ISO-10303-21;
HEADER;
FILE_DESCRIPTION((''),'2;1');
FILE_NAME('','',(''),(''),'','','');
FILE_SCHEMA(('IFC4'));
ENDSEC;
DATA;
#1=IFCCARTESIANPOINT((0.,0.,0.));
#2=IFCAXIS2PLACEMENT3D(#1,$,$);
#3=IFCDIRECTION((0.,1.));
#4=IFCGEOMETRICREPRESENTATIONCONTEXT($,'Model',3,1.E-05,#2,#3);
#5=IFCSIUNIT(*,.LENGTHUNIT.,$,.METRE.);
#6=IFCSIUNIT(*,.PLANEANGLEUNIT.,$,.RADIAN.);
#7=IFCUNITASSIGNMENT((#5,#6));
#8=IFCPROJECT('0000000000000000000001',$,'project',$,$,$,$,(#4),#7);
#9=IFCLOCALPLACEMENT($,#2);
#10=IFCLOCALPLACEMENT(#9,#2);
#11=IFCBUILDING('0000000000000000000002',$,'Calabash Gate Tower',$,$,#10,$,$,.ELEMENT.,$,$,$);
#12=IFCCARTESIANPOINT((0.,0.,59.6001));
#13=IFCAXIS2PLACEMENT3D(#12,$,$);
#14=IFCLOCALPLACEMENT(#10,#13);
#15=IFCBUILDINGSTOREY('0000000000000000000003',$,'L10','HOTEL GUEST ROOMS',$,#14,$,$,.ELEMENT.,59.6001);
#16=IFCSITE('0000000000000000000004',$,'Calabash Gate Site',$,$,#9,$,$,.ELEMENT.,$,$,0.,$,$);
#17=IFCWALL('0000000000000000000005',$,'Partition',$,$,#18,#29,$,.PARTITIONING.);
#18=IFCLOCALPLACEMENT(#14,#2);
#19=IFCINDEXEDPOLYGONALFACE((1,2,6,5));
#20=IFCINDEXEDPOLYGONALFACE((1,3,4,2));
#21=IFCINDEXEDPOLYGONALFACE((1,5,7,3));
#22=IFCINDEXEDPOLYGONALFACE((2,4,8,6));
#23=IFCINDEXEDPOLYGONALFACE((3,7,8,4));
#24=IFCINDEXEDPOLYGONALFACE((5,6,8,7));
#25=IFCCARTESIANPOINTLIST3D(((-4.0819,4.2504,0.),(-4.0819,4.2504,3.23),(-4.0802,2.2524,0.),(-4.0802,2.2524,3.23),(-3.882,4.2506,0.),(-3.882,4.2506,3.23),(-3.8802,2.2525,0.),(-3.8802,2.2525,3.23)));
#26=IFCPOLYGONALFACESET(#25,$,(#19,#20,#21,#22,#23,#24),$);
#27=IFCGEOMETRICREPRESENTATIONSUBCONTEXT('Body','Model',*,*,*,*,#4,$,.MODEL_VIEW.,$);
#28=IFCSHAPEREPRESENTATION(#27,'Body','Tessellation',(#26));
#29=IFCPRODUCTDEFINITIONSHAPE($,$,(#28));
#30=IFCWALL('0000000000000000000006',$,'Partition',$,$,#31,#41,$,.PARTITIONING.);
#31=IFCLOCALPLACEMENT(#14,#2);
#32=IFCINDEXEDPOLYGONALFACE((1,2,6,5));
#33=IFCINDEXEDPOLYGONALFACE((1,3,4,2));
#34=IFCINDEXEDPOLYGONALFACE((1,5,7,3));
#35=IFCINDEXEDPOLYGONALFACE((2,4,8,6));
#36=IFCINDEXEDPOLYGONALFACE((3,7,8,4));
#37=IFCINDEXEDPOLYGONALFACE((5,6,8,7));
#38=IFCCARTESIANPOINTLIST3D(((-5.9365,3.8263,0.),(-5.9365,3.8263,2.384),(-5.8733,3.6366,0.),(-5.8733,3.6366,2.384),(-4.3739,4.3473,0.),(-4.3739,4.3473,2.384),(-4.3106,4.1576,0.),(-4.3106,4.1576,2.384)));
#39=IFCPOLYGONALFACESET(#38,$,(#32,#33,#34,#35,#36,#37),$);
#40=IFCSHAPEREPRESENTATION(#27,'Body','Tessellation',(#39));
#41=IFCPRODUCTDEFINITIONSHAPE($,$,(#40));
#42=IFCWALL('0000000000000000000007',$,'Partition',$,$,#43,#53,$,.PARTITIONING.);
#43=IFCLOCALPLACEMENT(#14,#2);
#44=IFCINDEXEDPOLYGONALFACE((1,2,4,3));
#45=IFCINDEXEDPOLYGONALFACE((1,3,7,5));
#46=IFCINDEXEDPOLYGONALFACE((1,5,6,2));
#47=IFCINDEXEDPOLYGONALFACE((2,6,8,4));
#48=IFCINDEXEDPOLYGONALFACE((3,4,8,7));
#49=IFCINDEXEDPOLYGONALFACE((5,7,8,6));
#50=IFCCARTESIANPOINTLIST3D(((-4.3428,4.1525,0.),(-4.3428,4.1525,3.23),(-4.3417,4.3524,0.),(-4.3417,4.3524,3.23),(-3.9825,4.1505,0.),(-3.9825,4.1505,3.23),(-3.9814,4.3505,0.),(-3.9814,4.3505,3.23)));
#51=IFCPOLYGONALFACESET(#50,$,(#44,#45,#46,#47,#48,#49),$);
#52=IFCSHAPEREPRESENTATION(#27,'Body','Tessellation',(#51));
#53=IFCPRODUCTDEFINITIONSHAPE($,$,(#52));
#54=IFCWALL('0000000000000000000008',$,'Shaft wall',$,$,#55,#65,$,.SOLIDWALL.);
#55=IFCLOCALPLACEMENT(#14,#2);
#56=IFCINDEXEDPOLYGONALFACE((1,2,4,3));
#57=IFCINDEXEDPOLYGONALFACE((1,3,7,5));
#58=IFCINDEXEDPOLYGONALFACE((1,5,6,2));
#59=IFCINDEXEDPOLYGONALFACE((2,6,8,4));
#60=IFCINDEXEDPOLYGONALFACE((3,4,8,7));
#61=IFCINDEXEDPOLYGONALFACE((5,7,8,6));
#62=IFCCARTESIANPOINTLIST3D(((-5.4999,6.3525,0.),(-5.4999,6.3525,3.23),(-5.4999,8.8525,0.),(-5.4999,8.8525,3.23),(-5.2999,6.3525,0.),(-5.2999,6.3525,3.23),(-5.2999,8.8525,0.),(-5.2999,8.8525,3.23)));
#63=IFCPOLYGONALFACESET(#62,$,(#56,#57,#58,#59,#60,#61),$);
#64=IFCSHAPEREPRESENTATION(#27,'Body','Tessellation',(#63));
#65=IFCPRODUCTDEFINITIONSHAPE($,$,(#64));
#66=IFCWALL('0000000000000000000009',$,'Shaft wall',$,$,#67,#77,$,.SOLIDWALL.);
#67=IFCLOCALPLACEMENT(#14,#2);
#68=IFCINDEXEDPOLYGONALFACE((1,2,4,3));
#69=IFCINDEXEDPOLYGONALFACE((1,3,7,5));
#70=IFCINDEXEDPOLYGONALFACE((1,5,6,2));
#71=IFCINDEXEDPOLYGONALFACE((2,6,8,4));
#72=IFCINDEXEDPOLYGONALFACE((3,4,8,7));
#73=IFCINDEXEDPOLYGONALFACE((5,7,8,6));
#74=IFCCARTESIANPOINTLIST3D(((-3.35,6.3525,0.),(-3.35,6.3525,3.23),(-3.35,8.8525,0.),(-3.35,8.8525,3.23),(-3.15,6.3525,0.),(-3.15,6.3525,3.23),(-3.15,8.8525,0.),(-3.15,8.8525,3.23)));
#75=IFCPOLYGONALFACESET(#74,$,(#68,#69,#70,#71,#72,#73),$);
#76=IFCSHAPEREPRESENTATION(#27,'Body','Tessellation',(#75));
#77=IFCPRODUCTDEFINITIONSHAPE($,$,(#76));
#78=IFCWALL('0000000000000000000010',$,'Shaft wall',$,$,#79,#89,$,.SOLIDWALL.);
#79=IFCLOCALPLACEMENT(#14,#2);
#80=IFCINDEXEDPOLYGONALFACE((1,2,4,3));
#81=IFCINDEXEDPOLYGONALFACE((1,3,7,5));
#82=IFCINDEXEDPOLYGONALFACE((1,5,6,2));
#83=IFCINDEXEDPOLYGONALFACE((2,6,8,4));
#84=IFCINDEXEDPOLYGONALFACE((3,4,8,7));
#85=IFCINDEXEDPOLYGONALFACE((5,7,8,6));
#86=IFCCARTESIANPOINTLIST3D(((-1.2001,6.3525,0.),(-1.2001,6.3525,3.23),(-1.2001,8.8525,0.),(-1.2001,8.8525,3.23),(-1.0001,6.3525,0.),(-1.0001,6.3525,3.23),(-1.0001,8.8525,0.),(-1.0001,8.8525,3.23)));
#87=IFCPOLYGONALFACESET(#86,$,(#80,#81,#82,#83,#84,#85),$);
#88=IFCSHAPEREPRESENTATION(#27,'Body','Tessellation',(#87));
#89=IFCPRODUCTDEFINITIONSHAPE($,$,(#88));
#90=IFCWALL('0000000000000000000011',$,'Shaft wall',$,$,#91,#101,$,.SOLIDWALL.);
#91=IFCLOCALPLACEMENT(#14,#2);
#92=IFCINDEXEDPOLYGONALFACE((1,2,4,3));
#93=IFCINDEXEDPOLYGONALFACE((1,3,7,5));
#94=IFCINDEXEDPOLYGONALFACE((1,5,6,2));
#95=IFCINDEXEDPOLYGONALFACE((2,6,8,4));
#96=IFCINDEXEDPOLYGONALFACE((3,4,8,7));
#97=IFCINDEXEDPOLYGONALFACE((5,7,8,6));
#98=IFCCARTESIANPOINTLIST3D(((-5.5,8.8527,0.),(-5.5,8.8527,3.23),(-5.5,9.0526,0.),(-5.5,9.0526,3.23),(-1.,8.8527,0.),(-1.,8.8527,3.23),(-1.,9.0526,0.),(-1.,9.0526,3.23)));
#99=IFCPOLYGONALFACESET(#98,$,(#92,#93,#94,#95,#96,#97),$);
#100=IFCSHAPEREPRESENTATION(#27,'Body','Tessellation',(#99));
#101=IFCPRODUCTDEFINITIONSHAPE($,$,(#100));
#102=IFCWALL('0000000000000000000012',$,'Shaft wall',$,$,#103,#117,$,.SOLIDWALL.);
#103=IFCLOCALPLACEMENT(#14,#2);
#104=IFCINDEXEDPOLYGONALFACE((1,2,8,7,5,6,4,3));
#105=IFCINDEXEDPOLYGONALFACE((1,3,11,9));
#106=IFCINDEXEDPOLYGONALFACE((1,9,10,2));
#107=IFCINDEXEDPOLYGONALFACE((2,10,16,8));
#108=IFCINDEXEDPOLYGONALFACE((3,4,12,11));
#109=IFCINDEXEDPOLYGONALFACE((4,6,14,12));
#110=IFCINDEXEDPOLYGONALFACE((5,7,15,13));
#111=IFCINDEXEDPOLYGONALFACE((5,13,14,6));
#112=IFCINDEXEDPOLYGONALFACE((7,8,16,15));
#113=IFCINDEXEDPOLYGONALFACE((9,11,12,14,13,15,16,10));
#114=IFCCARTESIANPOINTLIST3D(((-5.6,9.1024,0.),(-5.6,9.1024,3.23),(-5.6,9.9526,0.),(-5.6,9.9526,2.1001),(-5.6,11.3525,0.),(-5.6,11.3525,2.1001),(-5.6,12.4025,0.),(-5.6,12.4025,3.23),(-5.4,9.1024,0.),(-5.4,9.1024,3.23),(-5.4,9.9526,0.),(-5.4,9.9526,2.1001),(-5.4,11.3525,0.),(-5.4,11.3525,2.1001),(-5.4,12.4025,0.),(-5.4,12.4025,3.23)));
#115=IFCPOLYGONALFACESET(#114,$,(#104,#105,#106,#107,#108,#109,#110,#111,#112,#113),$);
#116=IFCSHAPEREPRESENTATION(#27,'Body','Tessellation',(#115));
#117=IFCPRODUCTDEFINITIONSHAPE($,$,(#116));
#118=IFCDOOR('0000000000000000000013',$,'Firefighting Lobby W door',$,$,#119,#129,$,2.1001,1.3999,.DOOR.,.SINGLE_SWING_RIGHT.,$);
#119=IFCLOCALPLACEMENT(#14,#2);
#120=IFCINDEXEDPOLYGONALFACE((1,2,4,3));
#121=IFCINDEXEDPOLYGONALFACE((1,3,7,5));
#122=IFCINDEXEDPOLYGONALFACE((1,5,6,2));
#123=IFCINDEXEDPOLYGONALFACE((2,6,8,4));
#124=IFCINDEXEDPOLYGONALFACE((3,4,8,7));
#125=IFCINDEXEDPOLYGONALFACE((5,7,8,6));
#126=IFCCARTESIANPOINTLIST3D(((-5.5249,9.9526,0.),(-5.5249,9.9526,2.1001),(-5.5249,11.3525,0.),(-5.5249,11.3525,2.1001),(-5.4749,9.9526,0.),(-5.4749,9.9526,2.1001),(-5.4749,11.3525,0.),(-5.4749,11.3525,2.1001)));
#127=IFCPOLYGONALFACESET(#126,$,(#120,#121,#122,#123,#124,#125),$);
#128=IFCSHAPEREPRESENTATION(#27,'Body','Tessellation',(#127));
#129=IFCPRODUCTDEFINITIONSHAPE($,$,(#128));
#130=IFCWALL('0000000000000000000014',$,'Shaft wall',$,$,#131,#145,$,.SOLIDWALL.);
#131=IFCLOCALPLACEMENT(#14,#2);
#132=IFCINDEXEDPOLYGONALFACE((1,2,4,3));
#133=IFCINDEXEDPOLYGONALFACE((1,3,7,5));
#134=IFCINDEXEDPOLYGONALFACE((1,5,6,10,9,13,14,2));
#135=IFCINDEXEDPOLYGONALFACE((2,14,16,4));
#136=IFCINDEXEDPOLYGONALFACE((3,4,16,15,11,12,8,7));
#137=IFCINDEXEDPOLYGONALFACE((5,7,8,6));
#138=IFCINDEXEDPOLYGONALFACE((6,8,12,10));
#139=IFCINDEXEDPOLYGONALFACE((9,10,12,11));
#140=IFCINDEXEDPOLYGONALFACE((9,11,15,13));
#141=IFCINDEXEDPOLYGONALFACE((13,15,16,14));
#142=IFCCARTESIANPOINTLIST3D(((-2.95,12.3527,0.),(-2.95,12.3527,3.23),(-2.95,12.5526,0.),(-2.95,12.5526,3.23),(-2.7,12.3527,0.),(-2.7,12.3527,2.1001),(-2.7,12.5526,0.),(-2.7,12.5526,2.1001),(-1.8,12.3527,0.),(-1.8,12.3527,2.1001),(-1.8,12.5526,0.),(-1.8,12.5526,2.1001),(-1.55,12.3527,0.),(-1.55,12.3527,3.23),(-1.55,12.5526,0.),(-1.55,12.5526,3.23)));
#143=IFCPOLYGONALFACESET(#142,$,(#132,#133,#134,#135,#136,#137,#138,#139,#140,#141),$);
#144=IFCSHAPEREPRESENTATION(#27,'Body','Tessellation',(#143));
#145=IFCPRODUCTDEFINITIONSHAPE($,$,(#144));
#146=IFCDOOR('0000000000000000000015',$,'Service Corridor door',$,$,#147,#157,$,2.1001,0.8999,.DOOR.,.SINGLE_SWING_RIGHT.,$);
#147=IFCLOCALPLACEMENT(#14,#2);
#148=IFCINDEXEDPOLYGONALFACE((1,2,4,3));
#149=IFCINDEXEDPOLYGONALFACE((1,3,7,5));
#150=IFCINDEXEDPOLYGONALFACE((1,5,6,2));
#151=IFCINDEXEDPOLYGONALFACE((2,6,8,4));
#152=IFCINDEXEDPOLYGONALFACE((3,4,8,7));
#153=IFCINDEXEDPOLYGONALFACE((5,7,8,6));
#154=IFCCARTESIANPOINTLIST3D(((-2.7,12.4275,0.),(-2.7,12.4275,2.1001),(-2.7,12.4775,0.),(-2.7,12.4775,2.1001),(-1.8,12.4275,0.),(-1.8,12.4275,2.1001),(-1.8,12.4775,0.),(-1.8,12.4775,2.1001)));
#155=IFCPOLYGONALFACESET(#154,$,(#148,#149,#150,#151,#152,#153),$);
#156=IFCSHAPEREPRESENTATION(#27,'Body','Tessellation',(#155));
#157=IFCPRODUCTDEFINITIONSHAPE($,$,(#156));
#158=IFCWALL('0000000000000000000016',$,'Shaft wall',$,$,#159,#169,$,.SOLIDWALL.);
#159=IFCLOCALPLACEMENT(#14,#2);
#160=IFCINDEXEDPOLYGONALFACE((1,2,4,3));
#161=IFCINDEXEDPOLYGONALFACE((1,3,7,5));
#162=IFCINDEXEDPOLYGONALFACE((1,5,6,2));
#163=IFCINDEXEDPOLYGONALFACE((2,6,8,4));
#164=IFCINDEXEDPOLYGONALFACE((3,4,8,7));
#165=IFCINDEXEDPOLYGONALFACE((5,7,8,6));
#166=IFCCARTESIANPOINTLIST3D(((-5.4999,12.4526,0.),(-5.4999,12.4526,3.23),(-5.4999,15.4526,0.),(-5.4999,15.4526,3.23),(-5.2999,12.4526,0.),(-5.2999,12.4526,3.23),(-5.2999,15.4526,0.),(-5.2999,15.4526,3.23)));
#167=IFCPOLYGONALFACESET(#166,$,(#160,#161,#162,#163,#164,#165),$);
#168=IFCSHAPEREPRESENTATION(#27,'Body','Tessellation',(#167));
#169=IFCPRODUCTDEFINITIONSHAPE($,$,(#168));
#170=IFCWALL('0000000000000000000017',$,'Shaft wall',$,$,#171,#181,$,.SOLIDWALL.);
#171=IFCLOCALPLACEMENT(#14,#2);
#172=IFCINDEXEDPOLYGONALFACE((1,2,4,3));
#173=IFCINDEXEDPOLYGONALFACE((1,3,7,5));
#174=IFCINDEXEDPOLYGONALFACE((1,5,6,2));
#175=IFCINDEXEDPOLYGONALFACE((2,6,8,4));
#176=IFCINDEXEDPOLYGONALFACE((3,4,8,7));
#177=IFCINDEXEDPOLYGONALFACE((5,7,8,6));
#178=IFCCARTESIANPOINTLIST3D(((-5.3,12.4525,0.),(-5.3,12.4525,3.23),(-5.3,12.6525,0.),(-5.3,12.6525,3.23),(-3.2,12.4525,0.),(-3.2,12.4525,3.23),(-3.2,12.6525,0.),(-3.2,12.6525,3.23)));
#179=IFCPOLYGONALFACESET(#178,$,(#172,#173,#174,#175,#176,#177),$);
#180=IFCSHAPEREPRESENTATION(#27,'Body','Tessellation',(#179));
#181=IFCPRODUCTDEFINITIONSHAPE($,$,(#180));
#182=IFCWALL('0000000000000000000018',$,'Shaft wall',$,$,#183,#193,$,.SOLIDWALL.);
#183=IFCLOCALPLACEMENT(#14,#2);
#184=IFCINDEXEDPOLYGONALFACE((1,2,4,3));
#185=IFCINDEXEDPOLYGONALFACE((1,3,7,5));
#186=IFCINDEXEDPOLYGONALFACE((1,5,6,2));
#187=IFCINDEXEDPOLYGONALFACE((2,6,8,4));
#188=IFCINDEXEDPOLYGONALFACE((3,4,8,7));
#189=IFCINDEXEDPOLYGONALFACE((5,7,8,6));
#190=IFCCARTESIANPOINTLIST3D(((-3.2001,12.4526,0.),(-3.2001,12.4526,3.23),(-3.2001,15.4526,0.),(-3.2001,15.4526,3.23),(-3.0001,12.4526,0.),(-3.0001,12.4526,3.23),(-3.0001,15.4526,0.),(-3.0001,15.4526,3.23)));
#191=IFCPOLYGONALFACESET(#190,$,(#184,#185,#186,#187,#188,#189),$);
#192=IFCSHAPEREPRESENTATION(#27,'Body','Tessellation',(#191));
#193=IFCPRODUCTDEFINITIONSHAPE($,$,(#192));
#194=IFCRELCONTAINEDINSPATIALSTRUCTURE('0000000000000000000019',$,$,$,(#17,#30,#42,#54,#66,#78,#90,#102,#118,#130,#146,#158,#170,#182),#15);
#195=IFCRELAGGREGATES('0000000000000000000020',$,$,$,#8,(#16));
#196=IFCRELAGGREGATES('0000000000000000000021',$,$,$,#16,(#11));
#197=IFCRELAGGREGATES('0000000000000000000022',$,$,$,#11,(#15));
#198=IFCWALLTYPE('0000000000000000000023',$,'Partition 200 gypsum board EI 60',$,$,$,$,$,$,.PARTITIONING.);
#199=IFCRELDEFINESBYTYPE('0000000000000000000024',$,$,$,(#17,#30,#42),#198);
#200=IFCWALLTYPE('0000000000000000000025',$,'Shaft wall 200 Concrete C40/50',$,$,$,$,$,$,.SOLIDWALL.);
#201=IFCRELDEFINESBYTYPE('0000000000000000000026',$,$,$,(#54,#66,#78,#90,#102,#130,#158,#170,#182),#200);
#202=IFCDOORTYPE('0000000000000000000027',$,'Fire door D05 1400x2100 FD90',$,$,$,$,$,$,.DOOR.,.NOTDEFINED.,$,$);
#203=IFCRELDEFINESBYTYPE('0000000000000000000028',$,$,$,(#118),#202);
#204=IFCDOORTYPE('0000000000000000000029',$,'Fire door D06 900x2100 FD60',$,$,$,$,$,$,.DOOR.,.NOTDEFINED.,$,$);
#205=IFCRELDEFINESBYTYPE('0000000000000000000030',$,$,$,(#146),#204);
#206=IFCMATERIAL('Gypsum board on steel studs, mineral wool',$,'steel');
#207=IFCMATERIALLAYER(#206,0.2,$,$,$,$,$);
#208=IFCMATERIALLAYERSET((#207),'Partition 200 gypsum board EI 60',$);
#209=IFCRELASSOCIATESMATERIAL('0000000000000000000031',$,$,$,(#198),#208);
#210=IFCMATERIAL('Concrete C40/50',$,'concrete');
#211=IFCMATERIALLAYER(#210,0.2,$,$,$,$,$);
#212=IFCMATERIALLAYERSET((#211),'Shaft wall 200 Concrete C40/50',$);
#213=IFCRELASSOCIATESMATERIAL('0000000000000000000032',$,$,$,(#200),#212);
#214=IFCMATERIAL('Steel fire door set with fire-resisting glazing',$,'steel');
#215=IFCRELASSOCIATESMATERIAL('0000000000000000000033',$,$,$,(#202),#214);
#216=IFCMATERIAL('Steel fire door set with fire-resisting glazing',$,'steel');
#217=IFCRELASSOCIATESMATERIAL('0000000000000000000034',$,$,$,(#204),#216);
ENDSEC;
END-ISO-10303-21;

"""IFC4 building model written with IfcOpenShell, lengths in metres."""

from ifc_helpers import new_model, si_unit, direction, frame, frame_2d, origin, place, context, subcontext, project, spatial, rectangle, extrude, material, layer, layer_set, type_object, element, fill, save


model = new_model("IFC4")

# Units and contexts
model_context = context("Model", 3, precision=1e-05, world=origin(), true_north=direction((0.0, 1.0)))
body_context = subcontext(model_context, "Body", "Model", "MODEL_VIEW")
ifc_project = project(units=[si_unit("LENGTHUNIT", "METRE"), si_unit("PLANEANGLEUNIT", "RADIAN")], contexts=[model_context])

# Site, building, storey
site_placement = place(None, origin())
site = spatial("IfcSite", under=ifc_project, at=site_placement, Name="Calabash Gate Site", CompositionType="ELEMENT", RefElevation=0.0)
building_placement = place(site_placement, origin())
building = spatial("IfcBuilding", under=site, at=building_placement, Name="Calabash Gate Tower", CompositionType="ELEMENT")
storey_placement = place(building_placement, frame((0.0, 0.0, 59.6001)))
storey = spatial("IfcBuildingStorey", under=building, at=storey_placement, Name="L10", Description="HOTEL GUEST ROOMS", CompositionType="ELEMENT", Elevation=59.6001)

# Walls
ifc_material_1 = material(Name="Gypsum board on steel studs, mineral wool", Category="steel")
ifc_layer_1 = layer(ifc_material_1, 0.2)
ifc_layer_set_1 = layer_set([ifc_layer_1], Name="Partition 200 gypsum board EI 60")
wall_type_1 = type_object("IfcWallType", Name="Partition 200 gypsum board EI 60", PredefinedType="PARTITIONING", material=ifc_layer_set_1)
wall_1_placement = place(storey_placement, frame((-3.9819, 4.2505, 0.0), z_axis=(0.0, 0.0, 1.0), x_axis=(0.000855, -1.0, 0.0)))
element("IfcWall", 1, at=wall_1_placement, inside=storey, type_object=wall_type_1, Name="Partition", PredefinedType="PARTITIONING", context=body_context, shape_type="SweptSolid", body=[
    extrude(rectangle(XDim=1.998, YDim=0.2, at=frame_2d((0.999, 0.0))), origin(), (0.0, 0.0, 1.0), 3.23),
])
wall_2_placement = place(storey_placement, frame((-5.905, 3.7314, 0.0), z_axis=(0.0, 0.0, 1.0), x_axis=(0.948668, 0.316272, 0.0)))
element("IfcWall", 2, at=wall_2_placement, inside=storey, type_object=wall_type_1, Name="Partition", PredefinedType="PARTITIONING", context=body_context, shape_type="SweptSolid", body=[
    extrude(rectangle(XDim=1.6472, YDim=0.2, at=frame_2d((0.8237, 0.0))), origin(), (0.0, 0.0, 1.0), 2.384),
])
wall_3_placement = place(storey_placement, frame((-4.3423, 4.2524, 0.0), z_axis=(0.0, 0.0, 1.0), x_axis=(0.999985, -0.00542, 0.0)))
element("IfcWall", 3, at=wall_3_placement, inside=storey, type_object=wall_type_1, Name="Partition", PredefinedType="PARTITIONING", context=body_context, shape_type="SweptSolid", body=[
    extrude(rectangle(XDim=0.3604, YDim=0.2, at=frame_2d((0.1802, 0.0))), origin(), (0.0, 0.0, 1.0), 3.23),
])
ifc_material_2 = material(Name="Concrete C40/50", Category="concrete")
ifc_layer_2 = layer(ifc_material_2, 0.2)
ifc_layer_set_2 = layer_set([ifc_layer_2], Name="Shaft wall 200 Concrete C40/50")
wall_type_2 = type_object("IfcWallType", Name="Shaft wall 200 Concrete C40/50", PredefinedType="SOLIDWALL", material=ifc_layer_set_2)
for number, where, z_axis, x_axis, name in (
    (4, (-5.3999, 6.3525, 0.0), (0.0, 0.0, 1.0), (0.0, 1.0, 0.0), "Shaft wall"),
    (5, (-3.25, 6.3525, 0.0), (0.0, 0.0, 1.0), (0.0, 1.0, 0.0), "Shaft wall"),
    (6, (-1.1001, 6.3525, 0.0), (0.0, 0.0, 1.0), (0.0, 1.0, 0.0), "Shaft wall"),
):
    element("IfcWall", number, at=place(storey_placement, frame(where, z_axis=z_axis, x_axis=x_axis)), inside=storey, type_object=wall_type_2, Name=name, PredefinedType="SOLIDWALL", context=body_context, shape_type="SweptSolid", body=[
        extrude(rectangle(XDim=2.5, YDim=0.2, at=frame_2d((1.25, 0.0))), origin(), (0.0, 0.0, 1.0), 3.23),
    ])
wall_4_placement = place(storey_placement, frame((-5.5, 8.9526, 0.0), z_axis=(0.0, 0.0, 1.0), x_axis=(1.0, 0.0, 0.0)))
element("IfcWall", 7, at=wall_4_placement, inside=storey, type_object=wall_type_2, Name="Shaft wall", PredefinedType="SOLIDWALL", context=body_context, shape_type="SweptSolid", body=[
    extrude(rectangle(XDim=4.5, YDim=0.2, at=frame_2d((2.25, 0.0))), origin(), (0.0, 0.0, 1.0), 3.23),
])

# Walls, openings, doors
wall_5_placement = place(storey_placement, frame((-5.5, 9.1025, 0.0), z_axis=(0.0, 0.0, 1.0), x_axis=(0.0, 1.0, 0.0)))
wall_5 = element("IfcWall", 8, at=wall_5_placement, inside=storey, type_object=wall_type_2, Name="Shaft wall", PredefinedType="SOLIDWALL", context=body_context, shape_type="SweptSolid", body=[
    extrude(rectangle(XDim=3.3, YDim=0.2, at=frame_2d((1.6499, 0.0))), origin(), (0.0, 0.0, 1.0), 3.23),
])
opening_1_placement = place(wall_5_placement, frame((0.8501, 0.0, 0.0)))
opening_1 = element("IfcOpeningElement", 9, at=opening_1_placement, cuts=wall_5, PredefinedType="OPENING", context=body_context, shape_type="SweptSolid", body=[
    extrude(rectangle(XDim=1.3999, YDim=2.1001, at=frame_2d((0.7, 1.05))), frame((0.0, 0.1099, 0.0), z_axis=(0.0, -1.0, 0.0), x_axis=(1.0, 0.0, 0.0)), (0.0, 0.0, 1.0), 0.22),
])
ifc_material_3 = material(Name="Steel fire door set with fire-resisting glazing", Category="steel")
door_type_1 = type_object("IfcDoorType", Name="Fire door D05 1400x2100 FD90", OperationType="NOTDEFINED", PredefinedType="DOOR", material=ifc_material_3)
door_1_placement = place(opening_1_placement, origin())
door_1 = element("IfcDoor", 10, at=door_1_placement, inside=storey, type_object=door_type_1, Name="Firefighting Lobby W door", OperationType="SINGLE_SWING_RIGHT", OverallHeight=2.1001, OverallWidth=1.3999, PredefinedType="DOOR", context=body_context, shape_type="SweptSolid", body=[
    extrude(rectangle(XDim=1.3999, YDim=2.1001, at=frame_2d((0.7, 1.05))), frame((0.0, 0.0249, 0.0), z_axis=(0.0, -1.0, 0.0), x_axis=(1.0, 0.0, 0.0)), (0.0, 0.0, 1.0), 0.05),
])
fill(opening_1, door_1)
wall_6_placement = place(storey_placement, frame((-2.95, 12.4526, 0.0), z_axis=(0.0, 0.0, 1.0), x_axis=(1.0, 0.0, 0.0)))
wall_6 = element("IfcWall", 11, at=wall_6_placement, inside=storey, type_object=wall_type_2, Name="Shaft wall", PredefinedType="SOLIDWALL", context=body_context, shape_type="SweptSolid", body=[
    extrude(rectangle(XDim=1.3999, YDim=0.2, at=frame_2d((0.7, 0.0))), origin(), (0.0, 0.0, 1.0), 3.23),
])
opening_2_placement = place(wall_6_placement, frame((0.25, 0.0, 0.0)))
opening_2 = element("IfcOpeningElement", 12, at=opening_2_placement, cuts=wall_6, PredefinedType="OPENING", context=body_context, shape_type="SweptSolid", body=[
    extrude(rectangle(XDim=0.8999, YDim=2.1001, at=frame_2d((0.45, 1.05))), frame((0.0, 0.1099, 0.0), z_axis=(0.0, -1.0, 0.0), x_axis=(1.0, 0.0, 0.0)), (0.0, 0.0, 1.0), 0.22),
])
ifc_material_4 = material(Name="Steel fire door set with fire-resisting glazing", Category="steel")
door_type_2 = type_object("IfcDoorType", Name="Fire door D06 900x2100 FD60", OperationType="NOTDEFINED", PredefinedType="DOOR", material=ifc_material_4)
door_2_placement = place(opening_2_placement, origin())
door_2 = element("IfcDoor", 13, at=door_2_placement, inside=storey, type_object=door_type_2, Name="Service Corridor door", OperationType="SINGLE_SWING_RIGHT", OverallHeight=2.1001, OverallWidth=0.8999, PredefinedType="DOOR", context=body_context, shape_type="SweptSolid", body=[
    extrude(rectangle(XDim=0.8999, YDim=2.1001, at=frame_2d((0.45, 1.05))), frame((0.0, 0.0249, 0.0), z_axis=(0.0, -1.0, 0.0), x_axis=(1.0, 0.0, 0.0)), (0.0, 0.0, 1.0), 0.05),
])
fill(opening_2, door_2)

# Walls
wall_7_placement = place(storey_placement, frame((-5.3999, 12.4526, 0.0), z_axis=(0.0, 0.0, 1.0), x_axis=(0.0, 1.0, 0.0)))
element("IfcWall", 14, at=wall_7_placement, inside=storey, type_object=wall_type_2, Name="Shaft wall", PredefinedType="SOLIDWALL", context=body_context, shape_type="SweptSolid", body=[
    extrude(rectangle(XDim=3.0, YDim=0.2, at=frame_2d((1.5, 0.0))), origin(), (0.0, 0.0, 1.0), 3.23),
])
wall_8_placement = place(storey_placement, frame((-5.3, 12.5525, 0.0), z_axis=(0.0, 0.0, 1.0), x_axis=(1.0, 0.0, 0.0)))
element("IfcWall", 15, at=wall_8_placement, inside=storey, type_object=wall_type_2, Name="Shaft wall", PredefinedType="SOLIDWALL", context=body_context, shape_type="SweptSolid", body=[
    extrude(rectangle(XDim=2.1001, YDim=0.2, at=frame_2d((1.05, 0.0))), origin(), (0.0, 0.0, 1.0), 3.23),
])
wall_9_placement = place(storey_placement, frame((-3.1001, 12.4526, 0.0), z_axis=(0.0, 0.0, 1.0), x_axis=(0.0, 1.0, 0.0)))
element("IfcWall", 16, at=wall_9_placement, inside=storey, type_object=wall_type_2, Name="Shaft wall", PredefinedType="SOLIDWALL", context=body_context, shape_type="SweptSolid", body=[
    extrude(rectangle(XDim=3.0, YDim=0.2, at=frame_2d((1.5, 0.0))), origin(), (0.0, 0.0, 1.0), 3.23),
])

save(model, "model.ifc")
